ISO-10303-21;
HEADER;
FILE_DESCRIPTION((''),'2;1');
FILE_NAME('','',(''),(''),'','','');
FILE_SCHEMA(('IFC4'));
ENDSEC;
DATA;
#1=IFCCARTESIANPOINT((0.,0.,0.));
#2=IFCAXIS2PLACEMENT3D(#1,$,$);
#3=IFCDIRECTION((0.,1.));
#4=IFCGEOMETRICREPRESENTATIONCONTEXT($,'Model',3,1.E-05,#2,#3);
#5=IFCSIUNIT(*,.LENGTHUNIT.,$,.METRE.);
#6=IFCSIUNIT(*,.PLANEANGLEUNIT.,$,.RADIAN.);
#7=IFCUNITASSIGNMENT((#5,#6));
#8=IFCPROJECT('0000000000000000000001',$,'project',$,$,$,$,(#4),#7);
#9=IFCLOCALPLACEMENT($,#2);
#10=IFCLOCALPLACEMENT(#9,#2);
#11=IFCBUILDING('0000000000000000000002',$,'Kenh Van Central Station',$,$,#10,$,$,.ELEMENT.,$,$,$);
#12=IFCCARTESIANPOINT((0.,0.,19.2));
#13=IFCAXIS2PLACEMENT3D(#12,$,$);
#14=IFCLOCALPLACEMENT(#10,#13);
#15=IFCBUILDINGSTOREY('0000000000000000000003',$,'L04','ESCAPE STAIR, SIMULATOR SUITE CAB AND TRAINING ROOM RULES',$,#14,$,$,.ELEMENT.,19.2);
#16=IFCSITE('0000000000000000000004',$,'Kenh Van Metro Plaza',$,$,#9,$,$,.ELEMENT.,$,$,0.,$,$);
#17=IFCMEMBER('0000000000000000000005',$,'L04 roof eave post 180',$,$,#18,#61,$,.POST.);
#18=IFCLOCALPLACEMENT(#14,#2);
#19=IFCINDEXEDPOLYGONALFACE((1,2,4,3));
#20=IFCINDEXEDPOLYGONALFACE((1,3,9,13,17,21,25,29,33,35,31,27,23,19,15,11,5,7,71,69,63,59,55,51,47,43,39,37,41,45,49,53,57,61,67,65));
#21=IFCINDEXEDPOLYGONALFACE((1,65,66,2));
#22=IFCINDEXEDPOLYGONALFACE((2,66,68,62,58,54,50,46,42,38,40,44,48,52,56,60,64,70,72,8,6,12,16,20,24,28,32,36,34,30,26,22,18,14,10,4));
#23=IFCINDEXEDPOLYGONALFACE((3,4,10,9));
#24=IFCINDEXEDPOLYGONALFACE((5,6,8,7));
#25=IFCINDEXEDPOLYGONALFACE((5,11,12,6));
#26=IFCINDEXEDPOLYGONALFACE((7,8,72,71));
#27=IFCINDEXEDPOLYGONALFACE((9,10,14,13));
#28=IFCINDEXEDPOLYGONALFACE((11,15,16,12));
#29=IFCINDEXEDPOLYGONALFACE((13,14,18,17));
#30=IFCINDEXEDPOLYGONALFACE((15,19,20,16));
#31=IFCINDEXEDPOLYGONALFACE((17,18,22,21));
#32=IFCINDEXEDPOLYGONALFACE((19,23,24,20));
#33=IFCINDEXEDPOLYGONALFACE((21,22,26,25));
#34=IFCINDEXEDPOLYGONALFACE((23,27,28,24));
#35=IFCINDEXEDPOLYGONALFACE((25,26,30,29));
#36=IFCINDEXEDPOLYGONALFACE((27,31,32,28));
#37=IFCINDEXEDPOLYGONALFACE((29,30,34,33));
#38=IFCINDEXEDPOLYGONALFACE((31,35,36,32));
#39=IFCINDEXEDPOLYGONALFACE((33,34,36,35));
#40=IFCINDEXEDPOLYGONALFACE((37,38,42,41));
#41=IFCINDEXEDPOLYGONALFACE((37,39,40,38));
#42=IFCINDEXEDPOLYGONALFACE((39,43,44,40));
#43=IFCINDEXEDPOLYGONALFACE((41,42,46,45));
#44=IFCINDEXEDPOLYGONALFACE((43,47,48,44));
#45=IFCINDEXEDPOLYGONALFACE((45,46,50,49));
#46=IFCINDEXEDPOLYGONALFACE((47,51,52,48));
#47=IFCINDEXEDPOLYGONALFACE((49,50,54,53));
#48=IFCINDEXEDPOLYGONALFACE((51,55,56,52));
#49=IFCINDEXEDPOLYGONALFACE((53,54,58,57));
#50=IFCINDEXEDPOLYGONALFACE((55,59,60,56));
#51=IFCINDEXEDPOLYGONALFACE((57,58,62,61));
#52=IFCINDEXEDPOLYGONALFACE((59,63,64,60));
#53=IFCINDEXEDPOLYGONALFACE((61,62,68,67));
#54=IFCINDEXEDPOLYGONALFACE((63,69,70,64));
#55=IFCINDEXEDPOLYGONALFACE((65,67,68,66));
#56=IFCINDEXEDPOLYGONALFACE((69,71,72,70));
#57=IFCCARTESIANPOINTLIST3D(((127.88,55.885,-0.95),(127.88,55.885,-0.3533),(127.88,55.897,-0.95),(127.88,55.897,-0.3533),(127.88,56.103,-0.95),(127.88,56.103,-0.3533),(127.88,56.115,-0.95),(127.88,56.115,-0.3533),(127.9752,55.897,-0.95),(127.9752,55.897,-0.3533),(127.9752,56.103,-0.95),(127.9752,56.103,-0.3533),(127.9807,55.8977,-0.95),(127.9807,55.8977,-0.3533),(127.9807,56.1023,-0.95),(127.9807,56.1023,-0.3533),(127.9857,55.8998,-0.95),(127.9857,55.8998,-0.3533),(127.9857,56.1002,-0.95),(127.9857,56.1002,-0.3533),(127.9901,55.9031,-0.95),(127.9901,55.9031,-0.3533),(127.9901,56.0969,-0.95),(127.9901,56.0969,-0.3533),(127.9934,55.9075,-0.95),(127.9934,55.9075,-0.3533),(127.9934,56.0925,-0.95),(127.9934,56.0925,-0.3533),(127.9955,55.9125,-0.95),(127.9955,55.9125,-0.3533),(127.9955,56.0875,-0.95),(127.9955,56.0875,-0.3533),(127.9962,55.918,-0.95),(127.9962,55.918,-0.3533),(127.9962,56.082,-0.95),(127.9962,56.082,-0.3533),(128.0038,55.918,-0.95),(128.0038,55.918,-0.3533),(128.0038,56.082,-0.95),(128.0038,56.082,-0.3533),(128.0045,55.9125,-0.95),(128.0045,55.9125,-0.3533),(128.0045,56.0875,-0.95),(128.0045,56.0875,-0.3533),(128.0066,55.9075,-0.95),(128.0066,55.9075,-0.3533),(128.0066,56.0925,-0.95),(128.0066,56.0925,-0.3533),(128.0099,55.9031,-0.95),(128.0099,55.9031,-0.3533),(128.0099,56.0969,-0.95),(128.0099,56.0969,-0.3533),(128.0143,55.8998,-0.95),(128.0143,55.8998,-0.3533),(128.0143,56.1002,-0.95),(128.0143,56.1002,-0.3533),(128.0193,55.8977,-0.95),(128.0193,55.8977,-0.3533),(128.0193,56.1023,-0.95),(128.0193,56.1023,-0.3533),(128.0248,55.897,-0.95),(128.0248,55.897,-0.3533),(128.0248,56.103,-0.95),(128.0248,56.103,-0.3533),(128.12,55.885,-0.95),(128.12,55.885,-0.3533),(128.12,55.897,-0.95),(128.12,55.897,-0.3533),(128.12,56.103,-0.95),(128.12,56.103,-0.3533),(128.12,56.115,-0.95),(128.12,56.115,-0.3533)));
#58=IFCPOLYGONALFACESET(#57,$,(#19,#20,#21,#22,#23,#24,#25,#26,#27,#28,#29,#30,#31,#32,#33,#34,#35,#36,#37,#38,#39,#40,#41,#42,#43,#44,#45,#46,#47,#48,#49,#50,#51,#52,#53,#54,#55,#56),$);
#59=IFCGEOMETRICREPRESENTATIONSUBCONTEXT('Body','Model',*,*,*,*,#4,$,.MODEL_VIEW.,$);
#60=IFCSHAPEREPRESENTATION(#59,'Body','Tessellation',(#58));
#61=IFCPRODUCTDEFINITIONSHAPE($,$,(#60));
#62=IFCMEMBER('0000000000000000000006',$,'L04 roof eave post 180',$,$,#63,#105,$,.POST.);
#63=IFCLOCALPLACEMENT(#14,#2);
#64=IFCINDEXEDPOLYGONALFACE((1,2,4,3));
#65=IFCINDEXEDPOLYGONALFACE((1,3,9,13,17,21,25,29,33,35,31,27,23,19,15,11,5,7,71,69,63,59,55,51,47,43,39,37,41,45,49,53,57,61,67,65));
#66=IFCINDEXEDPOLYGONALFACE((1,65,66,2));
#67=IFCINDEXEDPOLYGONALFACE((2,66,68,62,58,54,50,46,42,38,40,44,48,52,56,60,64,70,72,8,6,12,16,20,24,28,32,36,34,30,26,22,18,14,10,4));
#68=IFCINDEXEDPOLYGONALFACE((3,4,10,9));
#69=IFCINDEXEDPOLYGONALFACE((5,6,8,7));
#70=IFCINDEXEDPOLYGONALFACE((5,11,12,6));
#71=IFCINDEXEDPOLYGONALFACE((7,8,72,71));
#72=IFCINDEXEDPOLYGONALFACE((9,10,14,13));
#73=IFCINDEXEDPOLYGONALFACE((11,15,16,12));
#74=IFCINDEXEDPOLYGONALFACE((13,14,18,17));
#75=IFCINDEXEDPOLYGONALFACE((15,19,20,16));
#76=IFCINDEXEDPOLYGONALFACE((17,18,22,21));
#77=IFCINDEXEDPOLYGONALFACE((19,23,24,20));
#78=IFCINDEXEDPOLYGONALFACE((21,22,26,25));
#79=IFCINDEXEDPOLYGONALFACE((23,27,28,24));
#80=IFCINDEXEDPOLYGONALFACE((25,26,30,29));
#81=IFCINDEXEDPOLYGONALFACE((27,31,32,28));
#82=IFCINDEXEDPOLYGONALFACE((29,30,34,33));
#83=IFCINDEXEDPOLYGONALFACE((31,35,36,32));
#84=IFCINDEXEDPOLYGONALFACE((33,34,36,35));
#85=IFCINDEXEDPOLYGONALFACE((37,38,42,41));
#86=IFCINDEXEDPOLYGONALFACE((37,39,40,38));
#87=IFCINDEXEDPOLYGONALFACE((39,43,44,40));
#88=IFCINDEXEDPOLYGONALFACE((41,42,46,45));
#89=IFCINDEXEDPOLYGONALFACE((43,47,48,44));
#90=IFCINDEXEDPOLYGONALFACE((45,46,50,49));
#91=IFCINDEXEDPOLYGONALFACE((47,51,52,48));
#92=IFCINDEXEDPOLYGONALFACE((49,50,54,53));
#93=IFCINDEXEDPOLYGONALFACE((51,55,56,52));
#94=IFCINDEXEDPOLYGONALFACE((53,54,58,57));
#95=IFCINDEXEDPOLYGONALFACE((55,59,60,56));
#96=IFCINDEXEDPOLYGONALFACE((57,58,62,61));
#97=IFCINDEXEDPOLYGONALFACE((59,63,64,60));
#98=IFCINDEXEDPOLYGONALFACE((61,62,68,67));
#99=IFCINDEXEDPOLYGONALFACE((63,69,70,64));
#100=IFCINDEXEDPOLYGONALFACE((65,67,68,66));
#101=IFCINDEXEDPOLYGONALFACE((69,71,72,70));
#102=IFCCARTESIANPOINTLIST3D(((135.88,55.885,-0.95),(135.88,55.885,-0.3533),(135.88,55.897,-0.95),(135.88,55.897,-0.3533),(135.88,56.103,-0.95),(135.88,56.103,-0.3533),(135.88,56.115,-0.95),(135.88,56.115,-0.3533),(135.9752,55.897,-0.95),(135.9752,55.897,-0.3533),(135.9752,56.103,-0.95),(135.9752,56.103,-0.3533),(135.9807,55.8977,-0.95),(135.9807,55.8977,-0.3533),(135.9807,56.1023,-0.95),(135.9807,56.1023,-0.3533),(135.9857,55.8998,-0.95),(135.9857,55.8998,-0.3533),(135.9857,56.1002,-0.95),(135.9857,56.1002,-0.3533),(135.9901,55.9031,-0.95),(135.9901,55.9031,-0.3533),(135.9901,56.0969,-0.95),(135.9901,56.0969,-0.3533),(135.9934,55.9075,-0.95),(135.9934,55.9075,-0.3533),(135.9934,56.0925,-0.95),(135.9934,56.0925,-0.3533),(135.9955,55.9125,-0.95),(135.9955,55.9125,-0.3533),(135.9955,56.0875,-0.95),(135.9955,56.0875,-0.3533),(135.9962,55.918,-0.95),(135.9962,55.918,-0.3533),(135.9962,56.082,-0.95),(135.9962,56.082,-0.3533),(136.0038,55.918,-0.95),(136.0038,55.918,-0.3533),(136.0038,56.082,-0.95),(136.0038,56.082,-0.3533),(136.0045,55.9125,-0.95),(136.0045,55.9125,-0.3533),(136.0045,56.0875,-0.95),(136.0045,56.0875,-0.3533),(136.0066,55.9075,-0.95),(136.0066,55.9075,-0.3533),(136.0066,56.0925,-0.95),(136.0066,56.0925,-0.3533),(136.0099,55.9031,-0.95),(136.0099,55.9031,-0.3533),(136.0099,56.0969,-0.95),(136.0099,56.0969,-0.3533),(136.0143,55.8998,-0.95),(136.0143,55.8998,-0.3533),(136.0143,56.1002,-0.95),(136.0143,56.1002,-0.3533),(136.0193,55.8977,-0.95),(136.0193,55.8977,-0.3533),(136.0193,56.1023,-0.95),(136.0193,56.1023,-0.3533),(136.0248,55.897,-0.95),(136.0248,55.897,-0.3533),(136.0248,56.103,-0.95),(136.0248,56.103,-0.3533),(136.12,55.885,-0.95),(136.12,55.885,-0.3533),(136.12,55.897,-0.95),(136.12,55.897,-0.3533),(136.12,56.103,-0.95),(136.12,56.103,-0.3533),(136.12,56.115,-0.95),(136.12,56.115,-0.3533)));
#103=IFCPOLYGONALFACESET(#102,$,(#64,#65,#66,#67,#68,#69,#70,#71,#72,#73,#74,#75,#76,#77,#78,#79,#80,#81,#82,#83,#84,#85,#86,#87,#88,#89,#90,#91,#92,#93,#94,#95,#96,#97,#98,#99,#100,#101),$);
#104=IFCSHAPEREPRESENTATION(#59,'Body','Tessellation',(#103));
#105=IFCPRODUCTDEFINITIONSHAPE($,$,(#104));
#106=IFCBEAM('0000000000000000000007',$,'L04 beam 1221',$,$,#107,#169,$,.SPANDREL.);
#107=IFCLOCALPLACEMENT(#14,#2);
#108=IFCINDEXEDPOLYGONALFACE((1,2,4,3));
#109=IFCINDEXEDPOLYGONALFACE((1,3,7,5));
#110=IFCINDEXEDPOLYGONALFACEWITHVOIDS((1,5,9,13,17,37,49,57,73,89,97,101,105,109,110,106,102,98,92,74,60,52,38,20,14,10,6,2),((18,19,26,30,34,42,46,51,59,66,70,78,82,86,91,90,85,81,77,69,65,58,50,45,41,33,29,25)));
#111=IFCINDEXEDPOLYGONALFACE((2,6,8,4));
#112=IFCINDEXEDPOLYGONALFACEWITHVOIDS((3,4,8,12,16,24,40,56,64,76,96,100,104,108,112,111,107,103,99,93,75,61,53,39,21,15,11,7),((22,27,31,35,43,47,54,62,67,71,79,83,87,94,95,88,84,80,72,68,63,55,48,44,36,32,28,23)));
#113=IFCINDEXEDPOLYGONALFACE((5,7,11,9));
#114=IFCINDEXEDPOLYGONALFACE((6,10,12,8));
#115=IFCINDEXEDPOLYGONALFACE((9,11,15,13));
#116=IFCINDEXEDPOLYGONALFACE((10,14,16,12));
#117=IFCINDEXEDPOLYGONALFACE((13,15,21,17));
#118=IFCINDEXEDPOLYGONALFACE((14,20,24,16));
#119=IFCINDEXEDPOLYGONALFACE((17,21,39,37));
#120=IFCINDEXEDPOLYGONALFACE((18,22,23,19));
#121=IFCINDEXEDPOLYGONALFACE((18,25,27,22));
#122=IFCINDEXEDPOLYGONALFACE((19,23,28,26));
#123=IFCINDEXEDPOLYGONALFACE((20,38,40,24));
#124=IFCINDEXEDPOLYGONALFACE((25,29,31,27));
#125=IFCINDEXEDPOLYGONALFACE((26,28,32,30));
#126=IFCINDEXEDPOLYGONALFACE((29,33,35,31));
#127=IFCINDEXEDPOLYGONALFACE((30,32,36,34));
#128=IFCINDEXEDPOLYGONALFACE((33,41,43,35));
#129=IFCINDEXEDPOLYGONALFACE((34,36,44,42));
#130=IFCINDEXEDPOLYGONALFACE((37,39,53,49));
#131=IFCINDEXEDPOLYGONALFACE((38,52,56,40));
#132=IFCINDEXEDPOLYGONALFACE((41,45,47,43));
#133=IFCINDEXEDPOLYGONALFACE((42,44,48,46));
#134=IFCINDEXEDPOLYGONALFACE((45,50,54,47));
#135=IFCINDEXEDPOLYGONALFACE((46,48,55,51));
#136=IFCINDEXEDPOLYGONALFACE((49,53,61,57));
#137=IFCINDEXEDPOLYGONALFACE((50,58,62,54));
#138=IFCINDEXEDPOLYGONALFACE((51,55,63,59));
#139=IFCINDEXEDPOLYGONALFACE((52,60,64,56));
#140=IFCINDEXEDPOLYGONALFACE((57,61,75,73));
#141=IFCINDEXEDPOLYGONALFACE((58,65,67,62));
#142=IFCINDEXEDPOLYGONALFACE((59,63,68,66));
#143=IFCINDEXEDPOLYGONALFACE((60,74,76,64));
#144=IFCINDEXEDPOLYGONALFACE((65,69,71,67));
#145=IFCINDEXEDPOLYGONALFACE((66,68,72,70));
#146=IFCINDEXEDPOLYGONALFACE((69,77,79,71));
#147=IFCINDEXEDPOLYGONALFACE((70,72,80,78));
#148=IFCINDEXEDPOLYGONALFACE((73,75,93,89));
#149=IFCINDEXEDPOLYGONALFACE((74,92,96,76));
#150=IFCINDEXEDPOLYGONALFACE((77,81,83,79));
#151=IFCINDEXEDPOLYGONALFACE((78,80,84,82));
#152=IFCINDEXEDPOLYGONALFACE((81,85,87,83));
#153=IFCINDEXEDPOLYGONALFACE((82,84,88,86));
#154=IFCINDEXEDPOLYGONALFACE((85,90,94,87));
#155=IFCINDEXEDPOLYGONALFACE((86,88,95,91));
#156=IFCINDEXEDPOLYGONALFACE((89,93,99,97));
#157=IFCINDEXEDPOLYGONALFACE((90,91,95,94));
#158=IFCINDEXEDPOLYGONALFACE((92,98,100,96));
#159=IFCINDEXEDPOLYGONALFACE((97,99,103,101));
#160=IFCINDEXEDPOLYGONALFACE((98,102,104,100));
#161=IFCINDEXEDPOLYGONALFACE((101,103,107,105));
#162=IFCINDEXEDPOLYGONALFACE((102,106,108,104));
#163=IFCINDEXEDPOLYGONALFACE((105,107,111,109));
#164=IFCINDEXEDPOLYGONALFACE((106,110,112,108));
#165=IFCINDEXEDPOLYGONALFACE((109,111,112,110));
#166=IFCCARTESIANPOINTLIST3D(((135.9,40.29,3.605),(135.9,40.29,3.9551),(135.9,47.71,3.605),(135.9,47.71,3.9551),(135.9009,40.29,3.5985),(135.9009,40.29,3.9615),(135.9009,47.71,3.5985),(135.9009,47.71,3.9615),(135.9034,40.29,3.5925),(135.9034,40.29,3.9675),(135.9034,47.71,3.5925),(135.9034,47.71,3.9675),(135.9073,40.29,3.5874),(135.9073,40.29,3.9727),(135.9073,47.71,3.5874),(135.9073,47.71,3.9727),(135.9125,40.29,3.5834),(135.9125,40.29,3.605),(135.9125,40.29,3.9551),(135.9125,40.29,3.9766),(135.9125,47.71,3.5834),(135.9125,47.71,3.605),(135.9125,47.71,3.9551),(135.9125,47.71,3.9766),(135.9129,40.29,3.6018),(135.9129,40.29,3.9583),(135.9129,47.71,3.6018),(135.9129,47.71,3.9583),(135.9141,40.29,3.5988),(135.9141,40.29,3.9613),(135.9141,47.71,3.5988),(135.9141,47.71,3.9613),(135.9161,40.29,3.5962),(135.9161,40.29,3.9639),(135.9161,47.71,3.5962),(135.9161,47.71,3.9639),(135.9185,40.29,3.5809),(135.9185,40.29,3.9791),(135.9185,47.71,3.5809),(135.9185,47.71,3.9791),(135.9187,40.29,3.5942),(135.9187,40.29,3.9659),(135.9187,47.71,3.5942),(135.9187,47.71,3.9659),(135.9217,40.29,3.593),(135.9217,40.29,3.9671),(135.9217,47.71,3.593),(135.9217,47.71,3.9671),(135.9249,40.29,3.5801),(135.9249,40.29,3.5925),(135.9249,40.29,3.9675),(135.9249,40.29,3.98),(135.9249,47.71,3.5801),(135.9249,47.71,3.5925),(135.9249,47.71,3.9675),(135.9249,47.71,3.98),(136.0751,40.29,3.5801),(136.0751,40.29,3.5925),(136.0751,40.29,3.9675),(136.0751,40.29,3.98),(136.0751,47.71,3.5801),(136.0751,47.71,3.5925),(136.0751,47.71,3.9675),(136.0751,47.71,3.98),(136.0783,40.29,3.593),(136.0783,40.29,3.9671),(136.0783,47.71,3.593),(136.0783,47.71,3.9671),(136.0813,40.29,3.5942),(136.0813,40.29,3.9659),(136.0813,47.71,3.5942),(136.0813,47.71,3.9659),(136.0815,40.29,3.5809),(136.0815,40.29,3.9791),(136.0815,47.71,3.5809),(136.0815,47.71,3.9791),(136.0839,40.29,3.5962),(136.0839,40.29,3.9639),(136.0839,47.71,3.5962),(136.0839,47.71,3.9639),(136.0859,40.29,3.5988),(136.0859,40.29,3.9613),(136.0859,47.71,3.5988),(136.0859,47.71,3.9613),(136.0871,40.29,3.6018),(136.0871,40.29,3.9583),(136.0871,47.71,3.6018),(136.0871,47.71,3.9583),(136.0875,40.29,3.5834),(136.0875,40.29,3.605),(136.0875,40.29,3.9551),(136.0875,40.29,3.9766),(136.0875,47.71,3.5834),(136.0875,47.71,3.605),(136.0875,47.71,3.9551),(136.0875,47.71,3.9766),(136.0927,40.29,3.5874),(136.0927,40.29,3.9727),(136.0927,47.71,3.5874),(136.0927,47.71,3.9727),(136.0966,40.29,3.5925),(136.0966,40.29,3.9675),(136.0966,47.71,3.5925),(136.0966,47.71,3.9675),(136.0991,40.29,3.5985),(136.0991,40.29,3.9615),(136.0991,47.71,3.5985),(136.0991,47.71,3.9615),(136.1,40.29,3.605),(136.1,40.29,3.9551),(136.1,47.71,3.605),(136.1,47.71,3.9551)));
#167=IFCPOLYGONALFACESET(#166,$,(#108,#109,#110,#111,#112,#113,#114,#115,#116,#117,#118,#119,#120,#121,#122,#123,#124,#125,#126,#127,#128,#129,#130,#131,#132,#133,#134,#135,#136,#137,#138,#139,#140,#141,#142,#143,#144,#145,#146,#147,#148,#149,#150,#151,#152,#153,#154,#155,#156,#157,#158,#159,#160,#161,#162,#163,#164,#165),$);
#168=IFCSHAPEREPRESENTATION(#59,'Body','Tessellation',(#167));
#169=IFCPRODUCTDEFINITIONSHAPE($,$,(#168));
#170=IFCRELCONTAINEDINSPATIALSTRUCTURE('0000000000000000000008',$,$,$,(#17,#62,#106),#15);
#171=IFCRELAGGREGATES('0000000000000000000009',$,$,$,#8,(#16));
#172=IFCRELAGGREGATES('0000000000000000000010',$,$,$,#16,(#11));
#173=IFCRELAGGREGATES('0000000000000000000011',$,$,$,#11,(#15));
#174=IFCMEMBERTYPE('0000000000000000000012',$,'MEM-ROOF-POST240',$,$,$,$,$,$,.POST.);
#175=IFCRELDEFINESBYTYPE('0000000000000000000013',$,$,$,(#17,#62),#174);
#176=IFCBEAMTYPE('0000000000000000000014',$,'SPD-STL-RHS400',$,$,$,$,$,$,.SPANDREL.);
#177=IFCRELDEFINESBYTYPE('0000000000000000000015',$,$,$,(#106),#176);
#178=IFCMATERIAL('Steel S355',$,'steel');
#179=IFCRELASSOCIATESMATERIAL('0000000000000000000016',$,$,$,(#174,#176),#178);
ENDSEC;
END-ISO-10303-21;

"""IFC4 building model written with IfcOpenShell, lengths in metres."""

from ifc_helpers import new_model, si_unit, direction, frame, origin, origin_2d, place, context, subcontext, project, spatial, hollow_rectangle, i_section, extrude, material, material_profile, profile_set, type_object, element, save


model = new_model("IFC4")

# Units and contexts
model_context = context("Model", 3, precision=1e-05, world=origin(), true_north=direction((0.0, 1.0)))
body_context = subcontext(model_context, "Body", "Model", "MODEL_VIEW")
ifc_project = project(units=[si_unit("LENGTHUNIT", "METRE"), si_unit("PLANEANGLEUNIT", "RADIAN")], contexts=[model_context])

# Site, building, storey
site_placement = place(None, origin())
site = spatial("IfcSite", under=ifc_project, at=site_placement, Name="Kenh Van Metro Plaza", CompositionType="ELEMENT", RefElevation=0.0)
building_placement = place(site_placement, origin())
building = spatial("IfcBuilding", under=site, at=building_placement, Name="Kenh Van Central Station", CompositionType="ELEMENT")
storey_placement = place(building_placement, frame((0.0, 0.0, 19.2)))
storey = spatial("IfcBuildingStorey", under=building, at=storey_placement, Name="L04", Description="ESCAPE STAIR, SIMULATOR SUITE CAB AND TRAINING ROOM RULES", CompositionType="ELEMENT", Elevation=19.2)

# Shared definitions
ifc_material_1 = material(Name="Steel S355", Category="steel")

# Members
ifc_material_profile_1 = material_profile(ifc_material_1, i_section(OverallWidth=0.24, OverallDepth=0.23, WebThickness=0.0076, FlangeThickness=0.012, FilletRadius=0.021, at=origin_2d()), Name="HEA 240")
ifc_profile_set_1 = profile_set([ifc_material_profile_1], Name="Steel S355")
member_type_1 = type_object("IfcMemberType", Name="MEM-ROOF-POST240", PredefinedType="POST", material=ifc_profile_set_1)
for number, where, z_axis, x_axis, name in (
    (1, (128.0, 56.0, -0.95), (0.0, 0.0, 1.0), (1.0, 0.0, 0.0), "L04 roof eave post 180"),
    (2, (136.0, 56.0, -0.95), (0.0, 0.0, 1.0), (1.0, 0.0, 0.0), "L04 roof eave post 180"),
):
    element("IfcMember", number, at=place(storey_placement, frame(where, z_axis=z_axis, x_axis=x_axis)), inside=storey, type_object=member_type_1, Name=name, PredefinedType="POST", context=body_context, shape_type="SweptSolid", body=[
        extrude(i_section(OverallWidth=0.24, OverallDepth=0.23, WebThickness=0.0076, FlangeThickness=0.012, FilletRadius=0.021, at=origin_2d()), origin(), (0.0, 0.0, 1.0), 0.5967),
    ])

# Beam
ifc_material_profile_2 = material_profile(ifc_material_1, hollow_rectangle(XDim=0.2, YDim=0.3999, WallThickness=0.0125, InnerFilletRadius=0.0125, OuterFilletRadius=0.0249, at=origin_2d()), Name="RHS 400x200x12.5")
ifc_profile_set_2 = profile_set([ifc_material_profile_2], Name="Steel S355")
beam_type_1 = type_object("IfcBeamType", Name="SPD-STL-RHS400", PredefinedType="SPANDREL", material=ifc_profile_set_2)
for number, where, z_axis, x_axis, name in (
    (3, (136.0, 40.29, 3.78), (0.0, 1.0, 0.0), (-1.0, 0.0, 0.0), "L04 beam 1221"),
):
    element("IfcBeam", number, at=place(storey_placement, frame(where, z_axis=z_axis, x_axis=x_axis)), inside=storey, type_object=beam_type_1, Name=name, PredefinedType="SPANDREL", context=body_context, shape_type="SweptSolid", body=[
        extrude(hollow_rectangle(XDim=0.2, YDim=0.3999, WallThickness=0.0125, InnerFilletRadius=0.0125, OuterFilletRadius=0.0249, at=origin_2d()), origin(), (0.0, 0.0, 1.0), 7.4199),
    ])

save(model, "model.ifc")
